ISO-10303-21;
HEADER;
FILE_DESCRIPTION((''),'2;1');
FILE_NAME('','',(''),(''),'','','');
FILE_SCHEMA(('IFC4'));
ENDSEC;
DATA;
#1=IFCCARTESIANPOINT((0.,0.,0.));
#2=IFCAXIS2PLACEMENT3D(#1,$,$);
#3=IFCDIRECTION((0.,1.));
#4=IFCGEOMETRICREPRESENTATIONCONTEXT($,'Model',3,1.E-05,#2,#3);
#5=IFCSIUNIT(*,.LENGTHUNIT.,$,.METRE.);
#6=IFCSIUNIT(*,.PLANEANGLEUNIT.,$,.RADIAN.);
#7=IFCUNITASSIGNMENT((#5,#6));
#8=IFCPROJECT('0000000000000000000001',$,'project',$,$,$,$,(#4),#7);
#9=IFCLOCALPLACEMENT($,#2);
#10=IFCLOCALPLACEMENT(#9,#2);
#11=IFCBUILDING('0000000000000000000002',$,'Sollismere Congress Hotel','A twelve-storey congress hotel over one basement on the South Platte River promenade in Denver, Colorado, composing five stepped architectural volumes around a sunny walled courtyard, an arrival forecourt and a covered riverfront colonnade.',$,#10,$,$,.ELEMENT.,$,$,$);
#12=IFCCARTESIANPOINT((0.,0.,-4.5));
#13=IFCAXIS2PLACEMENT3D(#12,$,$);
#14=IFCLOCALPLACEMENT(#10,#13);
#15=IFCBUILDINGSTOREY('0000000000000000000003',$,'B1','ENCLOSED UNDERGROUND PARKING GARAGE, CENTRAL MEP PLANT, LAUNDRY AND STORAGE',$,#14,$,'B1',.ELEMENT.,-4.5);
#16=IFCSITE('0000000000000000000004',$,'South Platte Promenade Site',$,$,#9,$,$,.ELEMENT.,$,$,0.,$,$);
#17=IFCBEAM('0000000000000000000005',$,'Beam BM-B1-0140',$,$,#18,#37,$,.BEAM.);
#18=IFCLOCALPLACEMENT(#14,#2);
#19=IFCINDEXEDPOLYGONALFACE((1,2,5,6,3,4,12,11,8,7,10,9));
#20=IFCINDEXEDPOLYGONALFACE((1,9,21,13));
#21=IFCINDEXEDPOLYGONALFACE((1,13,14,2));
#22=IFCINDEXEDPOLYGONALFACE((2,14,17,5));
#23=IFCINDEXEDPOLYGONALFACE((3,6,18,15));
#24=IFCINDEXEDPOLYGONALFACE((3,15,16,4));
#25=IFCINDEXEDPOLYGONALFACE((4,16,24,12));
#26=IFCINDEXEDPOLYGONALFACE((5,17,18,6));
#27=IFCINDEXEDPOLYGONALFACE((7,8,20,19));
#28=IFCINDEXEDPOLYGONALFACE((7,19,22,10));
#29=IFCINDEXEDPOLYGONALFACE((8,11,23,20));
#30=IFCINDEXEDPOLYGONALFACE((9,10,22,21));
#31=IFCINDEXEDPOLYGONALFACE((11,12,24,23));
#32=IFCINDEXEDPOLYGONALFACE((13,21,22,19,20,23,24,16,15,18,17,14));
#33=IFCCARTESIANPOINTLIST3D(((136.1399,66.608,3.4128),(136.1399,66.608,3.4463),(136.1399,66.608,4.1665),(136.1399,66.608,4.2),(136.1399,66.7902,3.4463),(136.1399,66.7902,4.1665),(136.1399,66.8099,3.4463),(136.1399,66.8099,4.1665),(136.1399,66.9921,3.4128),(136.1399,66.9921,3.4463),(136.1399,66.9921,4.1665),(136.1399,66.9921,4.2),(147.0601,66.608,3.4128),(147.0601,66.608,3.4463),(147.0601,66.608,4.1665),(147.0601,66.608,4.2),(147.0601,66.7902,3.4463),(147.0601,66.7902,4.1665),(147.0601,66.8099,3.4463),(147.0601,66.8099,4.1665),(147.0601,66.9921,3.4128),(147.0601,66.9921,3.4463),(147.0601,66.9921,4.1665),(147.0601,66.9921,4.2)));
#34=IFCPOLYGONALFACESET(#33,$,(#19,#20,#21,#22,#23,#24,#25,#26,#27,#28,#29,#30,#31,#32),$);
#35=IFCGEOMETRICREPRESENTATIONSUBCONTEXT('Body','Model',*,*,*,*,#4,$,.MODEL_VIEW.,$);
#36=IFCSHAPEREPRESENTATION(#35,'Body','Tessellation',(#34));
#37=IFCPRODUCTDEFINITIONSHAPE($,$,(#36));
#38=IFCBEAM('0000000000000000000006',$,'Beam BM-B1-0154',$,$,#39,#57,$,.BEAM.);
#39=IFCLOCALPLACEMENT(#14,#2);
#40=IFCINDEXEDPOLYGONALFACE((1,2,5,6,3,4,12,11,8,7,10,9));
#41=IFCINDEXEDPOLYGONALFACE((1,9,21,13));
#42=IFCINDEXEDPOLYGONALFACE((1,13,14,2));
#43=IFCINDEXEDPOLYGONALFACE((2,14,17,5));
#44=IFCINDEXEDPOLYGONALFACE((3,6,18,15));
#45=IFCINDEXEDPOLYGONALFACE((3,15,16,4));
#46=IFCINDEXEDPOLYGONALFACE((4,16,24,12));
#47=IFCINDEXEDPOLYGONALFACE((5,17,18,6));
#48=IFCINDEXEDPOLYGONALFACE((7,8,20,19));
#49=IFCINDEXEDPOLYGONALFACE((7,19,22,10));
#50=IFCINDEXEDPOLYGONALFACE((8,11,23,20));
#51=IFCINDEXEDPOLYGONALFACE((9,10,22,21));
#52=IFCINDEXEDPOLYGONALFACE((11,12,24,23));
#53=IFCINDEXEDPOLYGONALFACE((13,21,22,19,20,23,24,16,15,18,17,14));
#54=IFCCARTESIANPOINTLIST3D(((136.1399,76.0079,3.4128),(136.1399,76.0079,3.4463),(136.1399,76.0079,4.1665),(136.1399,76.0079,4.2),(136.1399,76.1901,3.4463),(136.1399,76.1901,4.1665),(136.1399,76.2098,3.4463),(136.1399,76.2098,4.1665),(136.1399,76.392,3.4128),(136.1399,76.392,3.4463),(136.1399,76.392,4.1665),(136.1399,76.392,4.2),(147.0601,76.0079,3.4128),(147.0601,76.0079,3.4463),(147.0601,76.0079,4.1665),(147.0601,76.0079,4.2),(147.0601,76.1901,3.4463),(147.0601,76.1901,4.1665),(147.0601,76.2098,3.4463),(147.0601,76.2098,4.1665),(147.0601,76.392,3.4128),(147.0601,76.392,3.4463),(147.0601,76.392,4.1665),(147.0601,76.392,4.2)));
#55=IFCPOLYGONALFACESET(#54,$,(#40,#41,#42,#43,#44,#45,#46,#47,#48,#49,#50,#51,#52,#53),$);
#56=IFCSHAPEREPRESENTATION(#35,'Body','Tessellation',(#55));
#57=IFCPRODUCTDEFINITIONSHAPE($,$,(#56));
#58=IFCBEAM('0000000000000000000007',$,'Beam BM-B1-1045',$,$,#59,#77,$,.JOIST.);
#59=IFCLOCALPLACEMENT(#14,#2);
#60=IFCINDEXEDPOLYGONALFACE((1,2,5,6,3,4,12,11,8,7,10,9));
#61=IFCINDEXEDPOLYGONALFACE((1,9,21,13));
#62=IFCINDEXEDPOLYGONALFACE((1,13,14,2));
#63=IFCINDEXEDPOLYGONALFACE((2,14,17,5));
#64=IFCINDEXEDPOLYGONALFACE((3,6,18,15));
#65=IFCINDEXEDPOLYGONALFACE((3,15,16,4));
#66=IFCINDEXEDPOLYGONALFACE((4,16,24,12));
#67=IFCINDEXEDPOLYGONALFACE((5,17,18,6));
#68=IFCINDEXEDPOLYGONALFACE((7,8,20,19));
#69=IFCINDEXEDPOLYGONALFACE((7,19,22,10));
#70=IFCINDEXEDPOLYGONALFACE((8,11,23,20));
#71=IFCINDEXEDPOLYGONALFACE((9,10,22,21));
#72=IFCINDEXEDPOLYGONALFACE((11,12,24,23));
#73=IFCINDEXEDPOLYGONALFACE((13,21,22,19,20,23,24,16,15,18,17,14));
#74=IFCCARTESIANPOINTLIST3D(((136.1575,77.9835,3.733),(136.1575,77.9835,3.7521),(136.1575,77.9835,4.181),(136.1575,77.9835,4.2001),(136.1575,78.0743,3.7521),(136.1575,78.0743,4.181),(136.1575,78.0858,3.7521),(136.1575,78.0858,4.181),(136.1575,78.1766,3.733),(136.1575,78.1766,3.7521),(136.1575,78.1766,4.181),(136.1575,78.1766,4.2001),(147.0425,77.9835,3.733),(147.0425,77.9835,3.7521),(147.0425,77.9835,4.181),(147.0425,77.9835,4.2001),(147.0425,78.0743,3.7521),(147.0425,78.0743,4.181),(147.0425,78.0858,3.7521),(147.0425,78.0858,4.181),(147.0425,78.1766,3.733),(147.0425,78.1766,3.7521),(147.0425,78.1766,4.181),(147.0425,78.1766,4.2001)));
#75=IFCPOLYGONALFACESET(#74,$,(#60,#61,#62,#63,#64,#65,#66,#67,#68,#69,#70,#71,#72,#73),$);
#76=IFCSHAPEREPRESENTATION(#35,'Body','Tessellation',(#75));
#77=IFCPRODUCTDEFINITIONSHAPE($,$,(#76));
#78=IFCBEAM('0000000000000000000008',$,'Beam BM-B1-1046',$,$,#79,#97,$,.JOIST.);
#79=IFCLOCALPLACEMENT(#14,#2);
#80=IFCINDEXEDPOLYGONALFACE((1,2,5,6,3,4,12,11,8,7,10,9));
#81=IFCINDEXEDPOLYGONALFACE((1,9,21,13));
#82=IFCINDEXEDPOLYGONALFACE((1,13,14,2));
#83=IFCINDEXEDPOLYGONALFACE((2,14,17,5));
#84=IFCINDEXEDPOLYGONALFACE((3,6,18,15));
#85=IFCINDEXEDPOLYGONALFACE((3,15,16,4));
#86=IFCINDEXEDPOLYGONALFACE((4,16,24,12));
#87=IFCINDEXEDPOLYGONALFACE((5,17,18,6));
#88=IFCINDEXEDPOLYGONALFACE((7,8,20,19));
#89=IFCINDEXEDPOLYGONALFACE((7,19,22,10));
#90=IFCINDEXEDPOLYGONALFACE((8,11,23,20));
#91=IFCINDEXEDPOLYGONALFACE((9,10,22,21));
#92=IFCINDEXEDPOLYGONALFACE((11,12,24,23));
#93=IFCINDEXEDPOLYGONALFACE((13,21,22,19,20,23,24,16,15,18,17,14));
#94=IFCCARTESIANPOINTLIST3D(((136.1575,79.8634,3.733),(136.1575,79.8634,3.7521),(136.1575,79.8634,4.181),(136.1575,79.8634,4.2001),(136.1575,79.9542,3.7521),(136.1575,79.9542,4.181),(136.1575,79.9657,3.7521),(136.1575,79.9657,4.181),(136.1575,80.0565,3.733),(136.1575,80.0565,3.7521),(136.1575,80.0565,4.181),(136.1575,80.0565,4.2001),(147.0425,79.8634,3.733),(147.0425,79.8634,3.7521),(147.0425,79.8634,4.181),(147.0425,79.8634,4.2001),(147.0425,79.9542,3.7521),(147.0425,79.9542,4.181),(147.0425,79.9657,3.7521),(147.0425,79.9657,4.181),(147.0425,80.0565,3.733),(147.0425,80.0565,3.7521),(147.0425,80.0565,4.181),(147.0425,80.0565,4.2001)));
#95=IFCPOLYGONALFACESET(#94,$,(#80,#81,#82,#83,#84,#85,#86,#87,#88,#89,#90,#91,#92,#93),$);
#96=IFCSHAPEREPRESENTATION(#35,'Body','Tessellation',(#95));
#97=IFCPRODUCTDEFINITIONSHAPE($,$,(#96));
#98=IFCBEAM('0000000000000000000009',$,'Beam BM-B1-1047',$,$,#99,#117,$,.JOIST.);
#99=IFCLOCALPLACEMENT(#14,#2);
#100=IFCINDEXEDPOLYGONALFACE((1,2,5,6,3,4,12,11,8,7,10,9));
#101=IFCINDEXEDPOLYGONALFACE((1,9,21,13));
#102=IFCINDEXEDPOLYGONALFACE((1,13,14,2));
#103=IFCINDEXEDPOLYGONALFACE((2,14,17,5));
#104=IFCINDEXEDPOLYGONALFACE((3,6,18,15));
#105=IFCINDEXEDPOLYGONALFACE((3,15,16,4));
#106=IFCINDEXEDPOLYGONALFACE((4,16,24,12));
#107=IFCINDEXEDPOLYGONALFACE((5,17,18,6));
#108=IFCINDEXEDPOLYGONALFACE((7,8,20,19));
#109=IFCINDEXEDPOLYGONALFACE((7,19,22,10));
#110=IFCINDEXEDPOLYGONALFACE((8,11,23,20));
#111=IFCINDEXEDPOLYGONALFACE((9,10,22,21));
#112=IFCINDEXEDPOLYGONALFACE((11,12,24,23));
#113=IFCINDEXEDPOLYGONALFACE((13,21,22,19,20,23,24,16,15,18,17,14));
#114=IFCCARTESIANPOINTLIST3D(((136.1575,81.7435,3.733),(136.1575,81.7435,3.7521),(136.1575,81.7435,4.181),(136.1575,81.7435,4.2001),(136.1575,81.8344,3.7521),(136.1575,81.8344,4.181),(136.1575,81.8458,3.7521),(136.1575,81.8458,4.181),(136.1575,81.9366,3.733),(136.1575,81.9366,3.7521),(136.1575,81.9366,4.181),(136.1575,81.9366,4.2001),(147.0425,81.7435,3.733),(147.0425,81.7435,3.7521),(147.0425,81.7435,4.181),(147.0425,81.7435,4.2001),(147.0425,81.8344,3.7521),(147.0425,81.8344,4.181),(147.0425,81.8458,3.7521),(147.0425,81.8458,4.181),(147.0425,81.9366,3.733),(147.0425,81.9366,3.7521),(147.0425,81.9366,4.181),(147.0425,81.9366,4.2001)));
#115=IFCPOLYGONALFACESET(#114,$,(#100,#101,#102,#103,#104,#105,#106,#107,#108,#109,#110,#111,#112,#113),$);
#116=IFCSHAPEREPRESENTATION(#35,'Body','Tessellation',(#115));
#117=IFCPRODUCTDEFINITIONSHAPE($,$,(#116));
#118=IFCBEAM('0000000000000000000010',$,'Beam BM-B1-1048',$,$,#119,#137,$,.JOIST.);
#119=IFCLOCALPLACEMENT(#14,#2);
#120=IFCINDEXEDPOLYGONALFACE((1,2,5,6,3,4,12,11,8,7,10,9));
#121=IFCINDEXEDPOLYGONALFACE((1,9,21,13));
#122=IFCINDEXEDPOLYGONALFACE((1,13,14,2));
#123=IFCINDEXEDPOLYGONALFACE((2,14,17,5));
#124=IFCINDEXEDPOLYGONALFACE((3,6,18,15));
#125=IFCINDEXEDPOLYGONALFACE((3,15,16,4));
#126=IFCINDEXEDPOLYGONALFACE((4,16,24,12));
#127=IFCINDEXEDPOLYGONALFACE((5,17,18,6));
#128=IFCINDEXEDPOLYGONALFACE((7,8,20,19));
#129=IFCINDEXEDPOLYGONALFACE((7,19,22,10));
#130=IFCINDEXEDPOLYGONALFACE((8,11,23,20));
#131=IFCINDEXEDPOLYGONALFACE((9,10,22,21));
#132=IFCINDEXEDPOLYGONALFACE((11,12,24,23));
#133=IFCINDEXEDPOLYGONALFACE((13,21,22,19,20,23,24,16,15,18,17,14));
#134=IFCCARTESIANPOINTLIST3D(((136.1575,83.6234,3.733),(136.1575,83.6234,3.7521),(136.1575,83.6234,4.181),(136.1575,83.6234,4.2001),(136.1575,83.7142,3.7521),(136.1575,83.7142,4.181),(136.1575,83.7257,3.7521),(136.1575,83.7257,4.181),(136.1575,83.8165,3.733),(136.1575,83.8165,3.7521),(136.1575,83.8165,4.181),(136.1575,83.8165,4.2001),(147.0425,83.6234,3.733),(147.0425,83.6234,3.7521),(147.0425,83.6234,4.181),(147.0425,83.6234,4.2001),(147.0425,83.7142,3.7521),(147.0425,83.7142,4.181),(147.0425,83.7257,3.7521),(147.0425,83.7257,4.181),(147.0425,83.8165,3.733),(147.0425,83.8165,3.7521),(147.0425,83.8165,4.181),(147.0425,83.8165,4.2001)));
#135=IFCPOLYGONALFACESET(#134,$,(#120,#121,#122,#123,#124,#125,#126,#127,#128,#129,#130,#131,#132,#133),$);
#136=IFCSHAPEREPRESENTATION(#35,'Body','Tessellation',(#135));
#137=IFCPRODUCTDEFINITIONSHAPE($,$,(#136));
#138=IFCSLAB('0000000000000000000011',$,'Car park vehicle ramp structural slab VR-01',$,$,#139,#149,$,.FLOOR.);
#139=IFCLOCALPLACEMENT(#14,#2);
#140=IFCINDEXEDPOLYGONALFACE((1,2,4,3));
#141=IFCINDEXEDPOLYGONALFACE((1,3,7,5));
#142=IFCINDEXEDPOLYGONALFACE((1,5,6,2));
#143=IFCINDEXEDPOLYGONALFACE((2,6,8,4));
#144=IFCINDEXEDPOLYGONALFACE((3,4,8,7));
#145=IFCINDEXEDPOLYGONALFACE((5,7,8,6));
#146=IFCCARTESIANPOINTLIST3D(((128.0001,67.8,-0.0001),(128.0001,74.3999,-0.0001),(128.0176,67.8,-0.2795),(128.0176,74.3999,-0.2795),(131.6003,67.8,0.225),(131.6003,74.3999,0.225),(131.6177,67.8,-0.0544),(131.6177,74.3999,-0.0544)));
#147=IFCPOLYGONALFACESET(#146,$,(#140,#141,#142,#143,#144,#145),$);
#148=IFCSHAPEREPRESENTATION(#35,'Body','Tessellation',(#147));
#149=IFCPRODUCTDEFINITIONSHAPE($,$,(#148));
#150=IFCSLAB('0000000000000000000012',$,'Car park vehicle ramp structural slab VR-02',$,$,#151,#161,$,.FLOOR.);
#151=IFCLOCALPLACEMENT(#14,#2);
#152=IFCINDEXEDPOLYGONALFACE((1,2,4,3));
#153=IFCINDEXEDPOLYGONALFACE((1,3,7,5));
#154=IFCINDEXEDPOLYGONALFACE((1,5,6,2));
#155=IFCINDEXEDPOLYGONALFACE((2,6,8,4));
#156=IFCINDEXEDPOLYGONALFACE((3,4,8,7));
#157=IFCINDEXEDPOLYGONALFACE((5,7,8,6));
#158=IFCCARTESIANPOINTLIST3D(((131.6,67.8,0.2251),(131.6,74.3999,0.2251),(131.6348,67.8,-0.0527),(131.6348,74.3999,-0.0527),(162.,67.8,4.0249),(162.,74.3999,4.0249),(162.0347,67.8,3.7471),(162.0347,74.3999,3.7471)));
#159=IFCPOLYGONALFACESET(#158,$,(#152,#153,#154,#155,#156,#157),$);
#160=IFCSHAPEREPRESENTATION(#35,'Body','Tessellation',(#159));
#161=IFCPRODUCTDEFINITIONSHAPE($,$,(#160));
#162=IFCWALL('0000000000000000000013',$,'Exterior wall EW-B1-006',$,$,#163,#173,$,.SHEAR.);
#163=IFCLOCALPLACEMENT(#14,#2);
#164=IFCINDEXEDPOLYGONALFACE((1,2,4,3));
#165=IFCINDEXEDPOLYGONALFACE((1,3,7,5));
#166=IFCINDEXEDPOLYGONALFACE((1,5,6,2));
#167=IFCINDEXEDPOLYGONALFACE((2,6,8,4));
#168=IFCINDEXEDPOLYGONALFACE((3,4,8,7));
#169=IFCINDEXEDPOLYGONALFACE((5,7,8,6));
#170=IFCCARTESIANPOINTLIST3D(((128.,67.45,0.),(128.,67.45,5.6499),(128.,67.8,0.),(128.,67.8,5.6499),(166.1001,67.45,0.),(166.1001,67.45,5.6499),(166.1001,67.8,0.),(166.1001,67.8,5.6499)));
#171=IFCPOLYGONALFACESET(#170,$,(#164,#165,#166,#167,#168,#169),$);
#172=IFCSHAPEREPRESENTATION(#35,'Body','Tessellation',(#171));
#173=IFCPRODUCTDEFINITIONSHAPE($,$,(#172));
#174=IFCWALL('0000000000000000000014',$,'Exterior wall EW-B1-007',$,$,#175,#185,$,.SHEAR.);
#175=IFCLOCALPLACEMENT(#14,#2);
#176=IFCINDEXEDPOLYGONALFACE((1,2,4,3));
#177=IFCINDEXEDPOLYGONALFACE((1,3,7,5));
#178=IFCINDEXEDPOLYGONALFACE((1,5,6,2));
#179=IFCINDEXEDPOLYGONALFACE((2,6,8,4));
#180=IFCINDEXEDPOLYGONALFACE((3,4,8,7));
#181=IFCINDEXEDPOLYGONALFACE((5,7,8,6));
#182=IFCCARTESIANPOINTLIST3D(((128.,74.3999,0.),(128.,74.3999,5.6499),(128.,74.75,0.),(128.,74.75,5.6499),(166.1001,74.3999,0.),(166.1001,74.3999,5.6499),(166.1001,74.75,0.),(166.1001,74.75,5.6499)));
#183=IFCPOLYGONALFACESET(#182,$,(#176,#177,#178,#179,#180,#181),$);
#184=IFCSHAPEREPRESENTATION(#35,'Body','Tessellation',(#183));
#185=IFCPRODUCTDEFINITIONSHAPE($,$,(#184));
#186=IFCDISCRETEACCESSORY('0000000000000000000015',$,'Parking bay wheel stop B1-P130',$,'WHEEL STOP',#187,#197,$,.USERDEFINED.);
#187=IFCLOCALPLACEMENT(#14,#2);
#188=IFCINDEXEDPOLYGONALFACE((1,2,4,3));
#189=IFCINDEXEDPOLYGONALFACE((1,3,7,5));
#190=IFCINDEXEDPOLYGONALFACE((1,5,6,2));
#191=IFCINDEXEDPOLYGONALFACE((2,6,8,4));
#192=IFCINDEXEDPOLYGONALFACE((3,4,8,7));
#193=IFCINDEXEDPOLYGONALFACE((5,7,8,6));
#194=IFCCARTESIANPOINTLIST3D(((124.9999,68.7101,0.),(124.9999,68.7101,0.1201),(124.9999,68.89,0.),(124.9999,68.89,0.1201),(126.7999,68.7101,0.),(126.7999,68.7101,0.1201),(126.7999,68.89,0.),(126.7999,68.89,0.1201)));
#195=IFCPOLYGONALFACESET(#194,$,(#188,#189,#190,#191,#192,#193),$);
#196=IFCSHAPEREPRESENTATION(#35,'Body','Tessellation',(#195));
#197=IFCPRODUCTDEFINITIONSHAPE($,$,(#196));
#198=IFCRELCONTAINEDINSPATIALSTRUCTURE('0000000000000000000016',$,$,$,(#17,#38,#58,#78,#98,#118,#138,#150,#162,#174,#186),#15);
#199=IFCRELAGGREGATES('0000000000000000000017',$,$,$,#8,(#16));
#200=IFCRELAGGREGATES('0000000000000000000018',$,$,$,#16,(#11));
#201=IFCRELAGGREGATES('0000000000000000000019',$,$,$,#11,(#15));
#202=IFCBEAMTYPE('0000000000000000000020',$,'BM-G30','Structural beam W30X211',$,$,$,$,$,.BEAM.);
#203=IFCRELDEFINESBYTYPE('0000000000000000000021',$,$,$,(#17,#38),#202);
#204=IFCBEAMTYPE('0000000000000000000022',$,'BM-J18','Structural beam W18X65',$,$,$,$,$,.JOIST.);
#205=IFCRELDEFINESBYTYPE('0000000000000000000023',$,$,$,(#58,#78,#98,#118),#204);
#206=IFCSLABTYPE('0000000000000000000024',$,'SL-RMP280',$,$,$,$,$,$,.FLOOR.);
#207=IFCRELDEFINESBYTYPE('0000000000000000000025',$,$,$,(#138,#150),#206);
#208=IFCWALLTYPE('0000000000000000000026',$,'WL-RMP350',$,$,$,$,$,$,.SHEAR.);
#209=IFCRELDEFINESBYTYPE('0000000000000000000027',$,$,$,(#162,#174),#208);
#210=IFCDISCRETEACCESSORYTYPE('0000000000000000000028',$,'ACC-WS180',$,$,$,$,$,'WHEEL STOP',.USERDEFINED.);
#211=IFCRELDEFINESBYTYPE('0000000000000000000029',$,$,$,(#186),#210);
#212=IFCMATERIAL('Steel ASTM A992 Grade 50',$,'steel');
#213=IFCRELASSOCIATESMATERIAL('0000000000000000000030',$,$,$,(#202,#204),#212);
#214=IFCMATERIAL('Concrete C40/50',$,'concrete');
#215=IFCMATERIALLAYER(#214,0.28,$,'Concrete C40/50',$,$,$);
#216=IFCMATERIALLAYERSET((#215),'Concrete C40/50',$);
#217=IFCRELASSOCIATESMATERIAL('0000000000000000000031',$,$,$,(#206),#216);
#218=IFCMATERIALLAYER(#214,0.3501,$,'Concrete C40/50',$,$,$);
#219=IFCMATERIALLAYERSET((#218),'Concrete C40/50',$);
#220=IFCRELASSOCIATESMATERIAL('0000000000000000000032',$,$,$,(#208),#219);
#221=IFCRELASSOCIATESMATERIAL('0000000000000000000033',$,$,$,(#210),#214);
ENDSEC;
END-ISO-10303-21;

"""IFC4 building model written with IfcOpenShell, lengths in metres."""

from ifc_helpers import new_model, si_unit, direction, frame, frame_2d, origin, origin_2d, place, context, subcontext, project, spatial, polyline, rectangle, i_section, outline, extrude, material, layer, layer_set, material_profile, profile_set, type_object, element, save


model = new_model("IFC4")

# Units and contexts
model_context = context("Model", 3, precision=1e-05, world=origin(), true_north=direction((0.0, 1.0)))
body_context = subcontext(model_context, "Body", "Model", "MODEL_VIEW")
ifc_project = project(units=[si_unit("LENGTHUNIT", "METRE"), si_unit("PLANEANGLEUNIT", "RADIAN")], contexts=[model_context])

# Site, building, storey
site_placement = place(None, origin())
site = spatial("IfcSite", under=ifc_project, at=site_placement, Name="South Platte Promenade Site", CompositionType="ELEMENT", RefElevation=0.0)
building_placement = place(site_placement, origin())
building = spatial("IfcBuilding", under=site, at=building_placement, Name="Sollismere Congress Hotel", Description="A twelve-storey congress hotel over one basement on the South Platte River promenade in Denver, Colorado, composing five stepped architectural volumes around a sunny walled courtyard, an arrival forecourt and a covered riverfront colonnade.", CompositionType="ELEMENT")
storey_placement = place(building_placement, frame((0.0, 0.0, -4.5)))
storey = spatial("IfcBuildingStorey", under=building, at=storey_placement, Name="B1", Description="ENCLOSED UNDERGROUND PARKING GARAGE, CENTRAL MEP PLANT, LAUNDRY AND STORAGE", LongName="B1", CompositionType="ELEMENT", Elevation=-4.5)

# Shared definitions
ifc_material_1 = material(Name="Concrete C40/50", Category="concrete")

# Beams
ifc_material_2 = material(Name="Steel ASTM A992 Grade 50", Category="steel")
ifc_material_profile_1 = material_profile(ifc_material_2, i_section(OverallWidth=0.384, OverallDepth=0.7871, WebThickness=0.0198, FlangeThickness=0.0334, at=origin_2d()), Name="W30X211")
ifc_profile_set_1 = profile_set([ifc_material_profile_1], Name="Steel ASTM A992 Grade 50")
beam_type_1 = type_object("IfcBeamType", Name="BM-G30", Description="Structural beam W30X211", PredefinedType="BEAM", material=ifc_profile_set_1)
for number, where, z_axis, x_axis, name in (
    (1, (136.1399, 66.8, 3.8064), (1.0, 0.0, 0.0), (0.0, 1.0, 0.0), "Beam BM-B1-0140"),
    (2, (136.1399, 76.2, 3.8064), (1.0, 0.0, 0.0), (0.0, 1.0, 0.0), "Beam BM-B1-0154"),
):
    element("IfcBeam", number, at=place(storey_placement, frame(where, z_axis=z_axis, x_axis=x_axis)), inside=storey, type_object=beam_type_1, Name=name, PredefinedType="BEAM", context=body_context, shape_type="SweptSolid", body=[
        extrude(i_section(OverallWidth=0.384, OverallDepth=0.7871, WebThickness=0.0198, FlangeThickness=0.0334, at=origin_2d()), origin(), (0.0, 0.0, 1.0), 10.9202),
    ])
ifc_material_profile_2 = material_profile(ifc_material_2, i_section(OverallWidth=0.1931, OverallDepth=0.467, WebThickness=0.0115, FlangeThickness=0.019, at=origin_2d()), Name="W18X65")
ifc_profile_set_2 = profile_set([ifc_material_profile_2], Name="Steel ASTM A992 Grade 50")
beam_type_2 = type_object("IfcBeamType", Name="BM-J18", Description="Structural beam W18X65", PredefinedType="JOIST", material=ifc_profile_set_2)
for number, where, z_axis, x_axis, name in (
    (3, (136.1575, 78.0801, 3.9666), (1.0, 0.0, 0.0), (0.0, 1.0, 0.0), "Beam BM-B1-1045"),
    (4, (136.1575, 79.96, 3.9666), (1.0, 0.0, 0.0), (0.0, 1.0, 0.0), "Beam BM-B1-1046"),
    (5, (136.1575, 81.8401, 3.9666), (1.0, 0.0, 0.0), (0.0, 1.0, 0.0), "Beam BM-B1-1047"),
    (6, (136.1575, 83.72, 3.9666), (1.0, 0.0, 0.0), (0.0, 1.0, 0.0), "Beam BM-B1-1048"),
):
    element("IfcBeam", number, at=place(storey_placement, frame(where, z_axis=z_axis, x_axis=x_axis)), inside=storey, type_object=beam_type_2, Name=name, PredefinedType="JOIST", context=body_context, shape_type="SweptSolid", body=[
        extrude(i_section(OverallWidth=0.1931, OverallDepth=0.467, WebThickness=0.0115, FlangeThickness=0.019, at=origin_2d()), origin(), (0.0, 0.0, 1.0), 10.885),
    ])

# Slabs
ifc_layer_1 = layer(ifc_material_1, 0.28, Name="Concrete C40/50")
ifc_layer_set_1 = layer_set([ifc_layer_1], Name="Concrete C40/50")
slab_type = type_object("IfcSlabType", Name="SL-RMP280", PredefinedType="FLOOR", material=ifc_layer_set_1)
slab_1_placement = place(storey_placement, frame((128.0176, 67.8, -0.2795), z_axis=(-0.062404, 0.0, 0.998051), x_axis=(0.998051, 0.0, 0.062404)))
element("IfcSlab", 7, at=slab_1_placement, inside=storey, type_object=slab_type, Name="Car park vehicle ramp structural slab VR-01", PredefinedType="FLOOR", context=body_context, shape_type="SweptSolid", body=[
    extrude(outline(polyline([(0.0, 0.0), (3.6072, 0.0), (3.6072, 6.5999), (0.0, 6.5999), (0.0, 0.0)])), origin(), (0.0, 0.0, 1.0), 0.28),
])
slab_2_placement = place(storey_placement, frame((131.6348, 67.8, -0.0527), z_axis=(-0.124029, 0.0, 0.992279), x_axis=(0.992279, 0.0, 0.124029)))
element("IfcSlab", 8, at=slab_2_placement, inside=storey, type_object=slab_type, Name="Car park vehicle ramp structural slab VR-02", PredefinedType="FLOOR", context=body_context, shape_type="SweptSolid", body=[
    extrude(outline(polyline([(0.0, 0.0), (30.6365, 0.0), (30.6365, 6.5999), (0.0, 6.5999), (0.0, 0.0)])), origin(), (0.0, 0.0, 1.0), 0.28),
])

# Walls
ifc_layer_2 = layer(ifc_material_1, 0.3501, Name="Concrete C40/50")
ifc_layer_set_2 = layer_set([ifc_layer_2], Name="Concrete C40/50")
wall_type = type_object("IfcWallType", Name="WL-RMP350", PredefinedType="SHEAR", material=ifc_layer_set_2)
for number, where, z_axis, x_axis, name in (
    (9, (128.0, 67.625, 0.0), (0.0, 0.0, 1.0), (1.0, 0.0, 0.0), "Exterior wall EW-B1-006"),
    (10, (128.0, 74.575, 0.0), (0.0, 0.0, 1.0), (1.0, 0.0, 0.0), "Exterior wall EW-B1-007"),
):
    element("IfcWall", number, at=place(storey_placement, frame(where, z_axis=z_axis, x_axis=x_axis)), inside=storey, type_object=wall_type, Name=name, PredefinedType="SHEAR", context=body_context, shape_type="SweptSolid", body=[
        extrude(rectangle(XDim=38.1001, YDim=0.3501, at=frame_2d((19.05, 0.0))), origin(), (0.0, 0.0, 1.0), 5.6499),
    ])

# Discrete accessory
discrete_accessory_type = type_object("IfcDiscreteAccessoryType", Name="ACC-WS180", ElementType="WHEEL STOP", PredefinedType="USERDEFINED", material=ifc_material_1)
discrete_accessory_placement = place(storey_placement, frame((125.8999, 68.8, 0.0), z_axis=(0.0, 0.0, 1.0), x_axis=(1.0, 0.0, 0.0)))
element("IfcDiscreteAccessory", 11, at=discrete_accessory_placement, inside=storey, type_object=discrete_accessory_type, Name="Parking bay wheel stop B1-P130", ObjectType="WHEEL STOP", PredefinedType="USERDEFINED", context=body_context, shape_type="SweptSolid", body=[
    extrude(rectangle(XDim=1.8, YDim=0.1799, at=origin_2d()), origin(), (0.0, 0.0, 1.0), 0.1201),
])

save(model, "model.ifc")
